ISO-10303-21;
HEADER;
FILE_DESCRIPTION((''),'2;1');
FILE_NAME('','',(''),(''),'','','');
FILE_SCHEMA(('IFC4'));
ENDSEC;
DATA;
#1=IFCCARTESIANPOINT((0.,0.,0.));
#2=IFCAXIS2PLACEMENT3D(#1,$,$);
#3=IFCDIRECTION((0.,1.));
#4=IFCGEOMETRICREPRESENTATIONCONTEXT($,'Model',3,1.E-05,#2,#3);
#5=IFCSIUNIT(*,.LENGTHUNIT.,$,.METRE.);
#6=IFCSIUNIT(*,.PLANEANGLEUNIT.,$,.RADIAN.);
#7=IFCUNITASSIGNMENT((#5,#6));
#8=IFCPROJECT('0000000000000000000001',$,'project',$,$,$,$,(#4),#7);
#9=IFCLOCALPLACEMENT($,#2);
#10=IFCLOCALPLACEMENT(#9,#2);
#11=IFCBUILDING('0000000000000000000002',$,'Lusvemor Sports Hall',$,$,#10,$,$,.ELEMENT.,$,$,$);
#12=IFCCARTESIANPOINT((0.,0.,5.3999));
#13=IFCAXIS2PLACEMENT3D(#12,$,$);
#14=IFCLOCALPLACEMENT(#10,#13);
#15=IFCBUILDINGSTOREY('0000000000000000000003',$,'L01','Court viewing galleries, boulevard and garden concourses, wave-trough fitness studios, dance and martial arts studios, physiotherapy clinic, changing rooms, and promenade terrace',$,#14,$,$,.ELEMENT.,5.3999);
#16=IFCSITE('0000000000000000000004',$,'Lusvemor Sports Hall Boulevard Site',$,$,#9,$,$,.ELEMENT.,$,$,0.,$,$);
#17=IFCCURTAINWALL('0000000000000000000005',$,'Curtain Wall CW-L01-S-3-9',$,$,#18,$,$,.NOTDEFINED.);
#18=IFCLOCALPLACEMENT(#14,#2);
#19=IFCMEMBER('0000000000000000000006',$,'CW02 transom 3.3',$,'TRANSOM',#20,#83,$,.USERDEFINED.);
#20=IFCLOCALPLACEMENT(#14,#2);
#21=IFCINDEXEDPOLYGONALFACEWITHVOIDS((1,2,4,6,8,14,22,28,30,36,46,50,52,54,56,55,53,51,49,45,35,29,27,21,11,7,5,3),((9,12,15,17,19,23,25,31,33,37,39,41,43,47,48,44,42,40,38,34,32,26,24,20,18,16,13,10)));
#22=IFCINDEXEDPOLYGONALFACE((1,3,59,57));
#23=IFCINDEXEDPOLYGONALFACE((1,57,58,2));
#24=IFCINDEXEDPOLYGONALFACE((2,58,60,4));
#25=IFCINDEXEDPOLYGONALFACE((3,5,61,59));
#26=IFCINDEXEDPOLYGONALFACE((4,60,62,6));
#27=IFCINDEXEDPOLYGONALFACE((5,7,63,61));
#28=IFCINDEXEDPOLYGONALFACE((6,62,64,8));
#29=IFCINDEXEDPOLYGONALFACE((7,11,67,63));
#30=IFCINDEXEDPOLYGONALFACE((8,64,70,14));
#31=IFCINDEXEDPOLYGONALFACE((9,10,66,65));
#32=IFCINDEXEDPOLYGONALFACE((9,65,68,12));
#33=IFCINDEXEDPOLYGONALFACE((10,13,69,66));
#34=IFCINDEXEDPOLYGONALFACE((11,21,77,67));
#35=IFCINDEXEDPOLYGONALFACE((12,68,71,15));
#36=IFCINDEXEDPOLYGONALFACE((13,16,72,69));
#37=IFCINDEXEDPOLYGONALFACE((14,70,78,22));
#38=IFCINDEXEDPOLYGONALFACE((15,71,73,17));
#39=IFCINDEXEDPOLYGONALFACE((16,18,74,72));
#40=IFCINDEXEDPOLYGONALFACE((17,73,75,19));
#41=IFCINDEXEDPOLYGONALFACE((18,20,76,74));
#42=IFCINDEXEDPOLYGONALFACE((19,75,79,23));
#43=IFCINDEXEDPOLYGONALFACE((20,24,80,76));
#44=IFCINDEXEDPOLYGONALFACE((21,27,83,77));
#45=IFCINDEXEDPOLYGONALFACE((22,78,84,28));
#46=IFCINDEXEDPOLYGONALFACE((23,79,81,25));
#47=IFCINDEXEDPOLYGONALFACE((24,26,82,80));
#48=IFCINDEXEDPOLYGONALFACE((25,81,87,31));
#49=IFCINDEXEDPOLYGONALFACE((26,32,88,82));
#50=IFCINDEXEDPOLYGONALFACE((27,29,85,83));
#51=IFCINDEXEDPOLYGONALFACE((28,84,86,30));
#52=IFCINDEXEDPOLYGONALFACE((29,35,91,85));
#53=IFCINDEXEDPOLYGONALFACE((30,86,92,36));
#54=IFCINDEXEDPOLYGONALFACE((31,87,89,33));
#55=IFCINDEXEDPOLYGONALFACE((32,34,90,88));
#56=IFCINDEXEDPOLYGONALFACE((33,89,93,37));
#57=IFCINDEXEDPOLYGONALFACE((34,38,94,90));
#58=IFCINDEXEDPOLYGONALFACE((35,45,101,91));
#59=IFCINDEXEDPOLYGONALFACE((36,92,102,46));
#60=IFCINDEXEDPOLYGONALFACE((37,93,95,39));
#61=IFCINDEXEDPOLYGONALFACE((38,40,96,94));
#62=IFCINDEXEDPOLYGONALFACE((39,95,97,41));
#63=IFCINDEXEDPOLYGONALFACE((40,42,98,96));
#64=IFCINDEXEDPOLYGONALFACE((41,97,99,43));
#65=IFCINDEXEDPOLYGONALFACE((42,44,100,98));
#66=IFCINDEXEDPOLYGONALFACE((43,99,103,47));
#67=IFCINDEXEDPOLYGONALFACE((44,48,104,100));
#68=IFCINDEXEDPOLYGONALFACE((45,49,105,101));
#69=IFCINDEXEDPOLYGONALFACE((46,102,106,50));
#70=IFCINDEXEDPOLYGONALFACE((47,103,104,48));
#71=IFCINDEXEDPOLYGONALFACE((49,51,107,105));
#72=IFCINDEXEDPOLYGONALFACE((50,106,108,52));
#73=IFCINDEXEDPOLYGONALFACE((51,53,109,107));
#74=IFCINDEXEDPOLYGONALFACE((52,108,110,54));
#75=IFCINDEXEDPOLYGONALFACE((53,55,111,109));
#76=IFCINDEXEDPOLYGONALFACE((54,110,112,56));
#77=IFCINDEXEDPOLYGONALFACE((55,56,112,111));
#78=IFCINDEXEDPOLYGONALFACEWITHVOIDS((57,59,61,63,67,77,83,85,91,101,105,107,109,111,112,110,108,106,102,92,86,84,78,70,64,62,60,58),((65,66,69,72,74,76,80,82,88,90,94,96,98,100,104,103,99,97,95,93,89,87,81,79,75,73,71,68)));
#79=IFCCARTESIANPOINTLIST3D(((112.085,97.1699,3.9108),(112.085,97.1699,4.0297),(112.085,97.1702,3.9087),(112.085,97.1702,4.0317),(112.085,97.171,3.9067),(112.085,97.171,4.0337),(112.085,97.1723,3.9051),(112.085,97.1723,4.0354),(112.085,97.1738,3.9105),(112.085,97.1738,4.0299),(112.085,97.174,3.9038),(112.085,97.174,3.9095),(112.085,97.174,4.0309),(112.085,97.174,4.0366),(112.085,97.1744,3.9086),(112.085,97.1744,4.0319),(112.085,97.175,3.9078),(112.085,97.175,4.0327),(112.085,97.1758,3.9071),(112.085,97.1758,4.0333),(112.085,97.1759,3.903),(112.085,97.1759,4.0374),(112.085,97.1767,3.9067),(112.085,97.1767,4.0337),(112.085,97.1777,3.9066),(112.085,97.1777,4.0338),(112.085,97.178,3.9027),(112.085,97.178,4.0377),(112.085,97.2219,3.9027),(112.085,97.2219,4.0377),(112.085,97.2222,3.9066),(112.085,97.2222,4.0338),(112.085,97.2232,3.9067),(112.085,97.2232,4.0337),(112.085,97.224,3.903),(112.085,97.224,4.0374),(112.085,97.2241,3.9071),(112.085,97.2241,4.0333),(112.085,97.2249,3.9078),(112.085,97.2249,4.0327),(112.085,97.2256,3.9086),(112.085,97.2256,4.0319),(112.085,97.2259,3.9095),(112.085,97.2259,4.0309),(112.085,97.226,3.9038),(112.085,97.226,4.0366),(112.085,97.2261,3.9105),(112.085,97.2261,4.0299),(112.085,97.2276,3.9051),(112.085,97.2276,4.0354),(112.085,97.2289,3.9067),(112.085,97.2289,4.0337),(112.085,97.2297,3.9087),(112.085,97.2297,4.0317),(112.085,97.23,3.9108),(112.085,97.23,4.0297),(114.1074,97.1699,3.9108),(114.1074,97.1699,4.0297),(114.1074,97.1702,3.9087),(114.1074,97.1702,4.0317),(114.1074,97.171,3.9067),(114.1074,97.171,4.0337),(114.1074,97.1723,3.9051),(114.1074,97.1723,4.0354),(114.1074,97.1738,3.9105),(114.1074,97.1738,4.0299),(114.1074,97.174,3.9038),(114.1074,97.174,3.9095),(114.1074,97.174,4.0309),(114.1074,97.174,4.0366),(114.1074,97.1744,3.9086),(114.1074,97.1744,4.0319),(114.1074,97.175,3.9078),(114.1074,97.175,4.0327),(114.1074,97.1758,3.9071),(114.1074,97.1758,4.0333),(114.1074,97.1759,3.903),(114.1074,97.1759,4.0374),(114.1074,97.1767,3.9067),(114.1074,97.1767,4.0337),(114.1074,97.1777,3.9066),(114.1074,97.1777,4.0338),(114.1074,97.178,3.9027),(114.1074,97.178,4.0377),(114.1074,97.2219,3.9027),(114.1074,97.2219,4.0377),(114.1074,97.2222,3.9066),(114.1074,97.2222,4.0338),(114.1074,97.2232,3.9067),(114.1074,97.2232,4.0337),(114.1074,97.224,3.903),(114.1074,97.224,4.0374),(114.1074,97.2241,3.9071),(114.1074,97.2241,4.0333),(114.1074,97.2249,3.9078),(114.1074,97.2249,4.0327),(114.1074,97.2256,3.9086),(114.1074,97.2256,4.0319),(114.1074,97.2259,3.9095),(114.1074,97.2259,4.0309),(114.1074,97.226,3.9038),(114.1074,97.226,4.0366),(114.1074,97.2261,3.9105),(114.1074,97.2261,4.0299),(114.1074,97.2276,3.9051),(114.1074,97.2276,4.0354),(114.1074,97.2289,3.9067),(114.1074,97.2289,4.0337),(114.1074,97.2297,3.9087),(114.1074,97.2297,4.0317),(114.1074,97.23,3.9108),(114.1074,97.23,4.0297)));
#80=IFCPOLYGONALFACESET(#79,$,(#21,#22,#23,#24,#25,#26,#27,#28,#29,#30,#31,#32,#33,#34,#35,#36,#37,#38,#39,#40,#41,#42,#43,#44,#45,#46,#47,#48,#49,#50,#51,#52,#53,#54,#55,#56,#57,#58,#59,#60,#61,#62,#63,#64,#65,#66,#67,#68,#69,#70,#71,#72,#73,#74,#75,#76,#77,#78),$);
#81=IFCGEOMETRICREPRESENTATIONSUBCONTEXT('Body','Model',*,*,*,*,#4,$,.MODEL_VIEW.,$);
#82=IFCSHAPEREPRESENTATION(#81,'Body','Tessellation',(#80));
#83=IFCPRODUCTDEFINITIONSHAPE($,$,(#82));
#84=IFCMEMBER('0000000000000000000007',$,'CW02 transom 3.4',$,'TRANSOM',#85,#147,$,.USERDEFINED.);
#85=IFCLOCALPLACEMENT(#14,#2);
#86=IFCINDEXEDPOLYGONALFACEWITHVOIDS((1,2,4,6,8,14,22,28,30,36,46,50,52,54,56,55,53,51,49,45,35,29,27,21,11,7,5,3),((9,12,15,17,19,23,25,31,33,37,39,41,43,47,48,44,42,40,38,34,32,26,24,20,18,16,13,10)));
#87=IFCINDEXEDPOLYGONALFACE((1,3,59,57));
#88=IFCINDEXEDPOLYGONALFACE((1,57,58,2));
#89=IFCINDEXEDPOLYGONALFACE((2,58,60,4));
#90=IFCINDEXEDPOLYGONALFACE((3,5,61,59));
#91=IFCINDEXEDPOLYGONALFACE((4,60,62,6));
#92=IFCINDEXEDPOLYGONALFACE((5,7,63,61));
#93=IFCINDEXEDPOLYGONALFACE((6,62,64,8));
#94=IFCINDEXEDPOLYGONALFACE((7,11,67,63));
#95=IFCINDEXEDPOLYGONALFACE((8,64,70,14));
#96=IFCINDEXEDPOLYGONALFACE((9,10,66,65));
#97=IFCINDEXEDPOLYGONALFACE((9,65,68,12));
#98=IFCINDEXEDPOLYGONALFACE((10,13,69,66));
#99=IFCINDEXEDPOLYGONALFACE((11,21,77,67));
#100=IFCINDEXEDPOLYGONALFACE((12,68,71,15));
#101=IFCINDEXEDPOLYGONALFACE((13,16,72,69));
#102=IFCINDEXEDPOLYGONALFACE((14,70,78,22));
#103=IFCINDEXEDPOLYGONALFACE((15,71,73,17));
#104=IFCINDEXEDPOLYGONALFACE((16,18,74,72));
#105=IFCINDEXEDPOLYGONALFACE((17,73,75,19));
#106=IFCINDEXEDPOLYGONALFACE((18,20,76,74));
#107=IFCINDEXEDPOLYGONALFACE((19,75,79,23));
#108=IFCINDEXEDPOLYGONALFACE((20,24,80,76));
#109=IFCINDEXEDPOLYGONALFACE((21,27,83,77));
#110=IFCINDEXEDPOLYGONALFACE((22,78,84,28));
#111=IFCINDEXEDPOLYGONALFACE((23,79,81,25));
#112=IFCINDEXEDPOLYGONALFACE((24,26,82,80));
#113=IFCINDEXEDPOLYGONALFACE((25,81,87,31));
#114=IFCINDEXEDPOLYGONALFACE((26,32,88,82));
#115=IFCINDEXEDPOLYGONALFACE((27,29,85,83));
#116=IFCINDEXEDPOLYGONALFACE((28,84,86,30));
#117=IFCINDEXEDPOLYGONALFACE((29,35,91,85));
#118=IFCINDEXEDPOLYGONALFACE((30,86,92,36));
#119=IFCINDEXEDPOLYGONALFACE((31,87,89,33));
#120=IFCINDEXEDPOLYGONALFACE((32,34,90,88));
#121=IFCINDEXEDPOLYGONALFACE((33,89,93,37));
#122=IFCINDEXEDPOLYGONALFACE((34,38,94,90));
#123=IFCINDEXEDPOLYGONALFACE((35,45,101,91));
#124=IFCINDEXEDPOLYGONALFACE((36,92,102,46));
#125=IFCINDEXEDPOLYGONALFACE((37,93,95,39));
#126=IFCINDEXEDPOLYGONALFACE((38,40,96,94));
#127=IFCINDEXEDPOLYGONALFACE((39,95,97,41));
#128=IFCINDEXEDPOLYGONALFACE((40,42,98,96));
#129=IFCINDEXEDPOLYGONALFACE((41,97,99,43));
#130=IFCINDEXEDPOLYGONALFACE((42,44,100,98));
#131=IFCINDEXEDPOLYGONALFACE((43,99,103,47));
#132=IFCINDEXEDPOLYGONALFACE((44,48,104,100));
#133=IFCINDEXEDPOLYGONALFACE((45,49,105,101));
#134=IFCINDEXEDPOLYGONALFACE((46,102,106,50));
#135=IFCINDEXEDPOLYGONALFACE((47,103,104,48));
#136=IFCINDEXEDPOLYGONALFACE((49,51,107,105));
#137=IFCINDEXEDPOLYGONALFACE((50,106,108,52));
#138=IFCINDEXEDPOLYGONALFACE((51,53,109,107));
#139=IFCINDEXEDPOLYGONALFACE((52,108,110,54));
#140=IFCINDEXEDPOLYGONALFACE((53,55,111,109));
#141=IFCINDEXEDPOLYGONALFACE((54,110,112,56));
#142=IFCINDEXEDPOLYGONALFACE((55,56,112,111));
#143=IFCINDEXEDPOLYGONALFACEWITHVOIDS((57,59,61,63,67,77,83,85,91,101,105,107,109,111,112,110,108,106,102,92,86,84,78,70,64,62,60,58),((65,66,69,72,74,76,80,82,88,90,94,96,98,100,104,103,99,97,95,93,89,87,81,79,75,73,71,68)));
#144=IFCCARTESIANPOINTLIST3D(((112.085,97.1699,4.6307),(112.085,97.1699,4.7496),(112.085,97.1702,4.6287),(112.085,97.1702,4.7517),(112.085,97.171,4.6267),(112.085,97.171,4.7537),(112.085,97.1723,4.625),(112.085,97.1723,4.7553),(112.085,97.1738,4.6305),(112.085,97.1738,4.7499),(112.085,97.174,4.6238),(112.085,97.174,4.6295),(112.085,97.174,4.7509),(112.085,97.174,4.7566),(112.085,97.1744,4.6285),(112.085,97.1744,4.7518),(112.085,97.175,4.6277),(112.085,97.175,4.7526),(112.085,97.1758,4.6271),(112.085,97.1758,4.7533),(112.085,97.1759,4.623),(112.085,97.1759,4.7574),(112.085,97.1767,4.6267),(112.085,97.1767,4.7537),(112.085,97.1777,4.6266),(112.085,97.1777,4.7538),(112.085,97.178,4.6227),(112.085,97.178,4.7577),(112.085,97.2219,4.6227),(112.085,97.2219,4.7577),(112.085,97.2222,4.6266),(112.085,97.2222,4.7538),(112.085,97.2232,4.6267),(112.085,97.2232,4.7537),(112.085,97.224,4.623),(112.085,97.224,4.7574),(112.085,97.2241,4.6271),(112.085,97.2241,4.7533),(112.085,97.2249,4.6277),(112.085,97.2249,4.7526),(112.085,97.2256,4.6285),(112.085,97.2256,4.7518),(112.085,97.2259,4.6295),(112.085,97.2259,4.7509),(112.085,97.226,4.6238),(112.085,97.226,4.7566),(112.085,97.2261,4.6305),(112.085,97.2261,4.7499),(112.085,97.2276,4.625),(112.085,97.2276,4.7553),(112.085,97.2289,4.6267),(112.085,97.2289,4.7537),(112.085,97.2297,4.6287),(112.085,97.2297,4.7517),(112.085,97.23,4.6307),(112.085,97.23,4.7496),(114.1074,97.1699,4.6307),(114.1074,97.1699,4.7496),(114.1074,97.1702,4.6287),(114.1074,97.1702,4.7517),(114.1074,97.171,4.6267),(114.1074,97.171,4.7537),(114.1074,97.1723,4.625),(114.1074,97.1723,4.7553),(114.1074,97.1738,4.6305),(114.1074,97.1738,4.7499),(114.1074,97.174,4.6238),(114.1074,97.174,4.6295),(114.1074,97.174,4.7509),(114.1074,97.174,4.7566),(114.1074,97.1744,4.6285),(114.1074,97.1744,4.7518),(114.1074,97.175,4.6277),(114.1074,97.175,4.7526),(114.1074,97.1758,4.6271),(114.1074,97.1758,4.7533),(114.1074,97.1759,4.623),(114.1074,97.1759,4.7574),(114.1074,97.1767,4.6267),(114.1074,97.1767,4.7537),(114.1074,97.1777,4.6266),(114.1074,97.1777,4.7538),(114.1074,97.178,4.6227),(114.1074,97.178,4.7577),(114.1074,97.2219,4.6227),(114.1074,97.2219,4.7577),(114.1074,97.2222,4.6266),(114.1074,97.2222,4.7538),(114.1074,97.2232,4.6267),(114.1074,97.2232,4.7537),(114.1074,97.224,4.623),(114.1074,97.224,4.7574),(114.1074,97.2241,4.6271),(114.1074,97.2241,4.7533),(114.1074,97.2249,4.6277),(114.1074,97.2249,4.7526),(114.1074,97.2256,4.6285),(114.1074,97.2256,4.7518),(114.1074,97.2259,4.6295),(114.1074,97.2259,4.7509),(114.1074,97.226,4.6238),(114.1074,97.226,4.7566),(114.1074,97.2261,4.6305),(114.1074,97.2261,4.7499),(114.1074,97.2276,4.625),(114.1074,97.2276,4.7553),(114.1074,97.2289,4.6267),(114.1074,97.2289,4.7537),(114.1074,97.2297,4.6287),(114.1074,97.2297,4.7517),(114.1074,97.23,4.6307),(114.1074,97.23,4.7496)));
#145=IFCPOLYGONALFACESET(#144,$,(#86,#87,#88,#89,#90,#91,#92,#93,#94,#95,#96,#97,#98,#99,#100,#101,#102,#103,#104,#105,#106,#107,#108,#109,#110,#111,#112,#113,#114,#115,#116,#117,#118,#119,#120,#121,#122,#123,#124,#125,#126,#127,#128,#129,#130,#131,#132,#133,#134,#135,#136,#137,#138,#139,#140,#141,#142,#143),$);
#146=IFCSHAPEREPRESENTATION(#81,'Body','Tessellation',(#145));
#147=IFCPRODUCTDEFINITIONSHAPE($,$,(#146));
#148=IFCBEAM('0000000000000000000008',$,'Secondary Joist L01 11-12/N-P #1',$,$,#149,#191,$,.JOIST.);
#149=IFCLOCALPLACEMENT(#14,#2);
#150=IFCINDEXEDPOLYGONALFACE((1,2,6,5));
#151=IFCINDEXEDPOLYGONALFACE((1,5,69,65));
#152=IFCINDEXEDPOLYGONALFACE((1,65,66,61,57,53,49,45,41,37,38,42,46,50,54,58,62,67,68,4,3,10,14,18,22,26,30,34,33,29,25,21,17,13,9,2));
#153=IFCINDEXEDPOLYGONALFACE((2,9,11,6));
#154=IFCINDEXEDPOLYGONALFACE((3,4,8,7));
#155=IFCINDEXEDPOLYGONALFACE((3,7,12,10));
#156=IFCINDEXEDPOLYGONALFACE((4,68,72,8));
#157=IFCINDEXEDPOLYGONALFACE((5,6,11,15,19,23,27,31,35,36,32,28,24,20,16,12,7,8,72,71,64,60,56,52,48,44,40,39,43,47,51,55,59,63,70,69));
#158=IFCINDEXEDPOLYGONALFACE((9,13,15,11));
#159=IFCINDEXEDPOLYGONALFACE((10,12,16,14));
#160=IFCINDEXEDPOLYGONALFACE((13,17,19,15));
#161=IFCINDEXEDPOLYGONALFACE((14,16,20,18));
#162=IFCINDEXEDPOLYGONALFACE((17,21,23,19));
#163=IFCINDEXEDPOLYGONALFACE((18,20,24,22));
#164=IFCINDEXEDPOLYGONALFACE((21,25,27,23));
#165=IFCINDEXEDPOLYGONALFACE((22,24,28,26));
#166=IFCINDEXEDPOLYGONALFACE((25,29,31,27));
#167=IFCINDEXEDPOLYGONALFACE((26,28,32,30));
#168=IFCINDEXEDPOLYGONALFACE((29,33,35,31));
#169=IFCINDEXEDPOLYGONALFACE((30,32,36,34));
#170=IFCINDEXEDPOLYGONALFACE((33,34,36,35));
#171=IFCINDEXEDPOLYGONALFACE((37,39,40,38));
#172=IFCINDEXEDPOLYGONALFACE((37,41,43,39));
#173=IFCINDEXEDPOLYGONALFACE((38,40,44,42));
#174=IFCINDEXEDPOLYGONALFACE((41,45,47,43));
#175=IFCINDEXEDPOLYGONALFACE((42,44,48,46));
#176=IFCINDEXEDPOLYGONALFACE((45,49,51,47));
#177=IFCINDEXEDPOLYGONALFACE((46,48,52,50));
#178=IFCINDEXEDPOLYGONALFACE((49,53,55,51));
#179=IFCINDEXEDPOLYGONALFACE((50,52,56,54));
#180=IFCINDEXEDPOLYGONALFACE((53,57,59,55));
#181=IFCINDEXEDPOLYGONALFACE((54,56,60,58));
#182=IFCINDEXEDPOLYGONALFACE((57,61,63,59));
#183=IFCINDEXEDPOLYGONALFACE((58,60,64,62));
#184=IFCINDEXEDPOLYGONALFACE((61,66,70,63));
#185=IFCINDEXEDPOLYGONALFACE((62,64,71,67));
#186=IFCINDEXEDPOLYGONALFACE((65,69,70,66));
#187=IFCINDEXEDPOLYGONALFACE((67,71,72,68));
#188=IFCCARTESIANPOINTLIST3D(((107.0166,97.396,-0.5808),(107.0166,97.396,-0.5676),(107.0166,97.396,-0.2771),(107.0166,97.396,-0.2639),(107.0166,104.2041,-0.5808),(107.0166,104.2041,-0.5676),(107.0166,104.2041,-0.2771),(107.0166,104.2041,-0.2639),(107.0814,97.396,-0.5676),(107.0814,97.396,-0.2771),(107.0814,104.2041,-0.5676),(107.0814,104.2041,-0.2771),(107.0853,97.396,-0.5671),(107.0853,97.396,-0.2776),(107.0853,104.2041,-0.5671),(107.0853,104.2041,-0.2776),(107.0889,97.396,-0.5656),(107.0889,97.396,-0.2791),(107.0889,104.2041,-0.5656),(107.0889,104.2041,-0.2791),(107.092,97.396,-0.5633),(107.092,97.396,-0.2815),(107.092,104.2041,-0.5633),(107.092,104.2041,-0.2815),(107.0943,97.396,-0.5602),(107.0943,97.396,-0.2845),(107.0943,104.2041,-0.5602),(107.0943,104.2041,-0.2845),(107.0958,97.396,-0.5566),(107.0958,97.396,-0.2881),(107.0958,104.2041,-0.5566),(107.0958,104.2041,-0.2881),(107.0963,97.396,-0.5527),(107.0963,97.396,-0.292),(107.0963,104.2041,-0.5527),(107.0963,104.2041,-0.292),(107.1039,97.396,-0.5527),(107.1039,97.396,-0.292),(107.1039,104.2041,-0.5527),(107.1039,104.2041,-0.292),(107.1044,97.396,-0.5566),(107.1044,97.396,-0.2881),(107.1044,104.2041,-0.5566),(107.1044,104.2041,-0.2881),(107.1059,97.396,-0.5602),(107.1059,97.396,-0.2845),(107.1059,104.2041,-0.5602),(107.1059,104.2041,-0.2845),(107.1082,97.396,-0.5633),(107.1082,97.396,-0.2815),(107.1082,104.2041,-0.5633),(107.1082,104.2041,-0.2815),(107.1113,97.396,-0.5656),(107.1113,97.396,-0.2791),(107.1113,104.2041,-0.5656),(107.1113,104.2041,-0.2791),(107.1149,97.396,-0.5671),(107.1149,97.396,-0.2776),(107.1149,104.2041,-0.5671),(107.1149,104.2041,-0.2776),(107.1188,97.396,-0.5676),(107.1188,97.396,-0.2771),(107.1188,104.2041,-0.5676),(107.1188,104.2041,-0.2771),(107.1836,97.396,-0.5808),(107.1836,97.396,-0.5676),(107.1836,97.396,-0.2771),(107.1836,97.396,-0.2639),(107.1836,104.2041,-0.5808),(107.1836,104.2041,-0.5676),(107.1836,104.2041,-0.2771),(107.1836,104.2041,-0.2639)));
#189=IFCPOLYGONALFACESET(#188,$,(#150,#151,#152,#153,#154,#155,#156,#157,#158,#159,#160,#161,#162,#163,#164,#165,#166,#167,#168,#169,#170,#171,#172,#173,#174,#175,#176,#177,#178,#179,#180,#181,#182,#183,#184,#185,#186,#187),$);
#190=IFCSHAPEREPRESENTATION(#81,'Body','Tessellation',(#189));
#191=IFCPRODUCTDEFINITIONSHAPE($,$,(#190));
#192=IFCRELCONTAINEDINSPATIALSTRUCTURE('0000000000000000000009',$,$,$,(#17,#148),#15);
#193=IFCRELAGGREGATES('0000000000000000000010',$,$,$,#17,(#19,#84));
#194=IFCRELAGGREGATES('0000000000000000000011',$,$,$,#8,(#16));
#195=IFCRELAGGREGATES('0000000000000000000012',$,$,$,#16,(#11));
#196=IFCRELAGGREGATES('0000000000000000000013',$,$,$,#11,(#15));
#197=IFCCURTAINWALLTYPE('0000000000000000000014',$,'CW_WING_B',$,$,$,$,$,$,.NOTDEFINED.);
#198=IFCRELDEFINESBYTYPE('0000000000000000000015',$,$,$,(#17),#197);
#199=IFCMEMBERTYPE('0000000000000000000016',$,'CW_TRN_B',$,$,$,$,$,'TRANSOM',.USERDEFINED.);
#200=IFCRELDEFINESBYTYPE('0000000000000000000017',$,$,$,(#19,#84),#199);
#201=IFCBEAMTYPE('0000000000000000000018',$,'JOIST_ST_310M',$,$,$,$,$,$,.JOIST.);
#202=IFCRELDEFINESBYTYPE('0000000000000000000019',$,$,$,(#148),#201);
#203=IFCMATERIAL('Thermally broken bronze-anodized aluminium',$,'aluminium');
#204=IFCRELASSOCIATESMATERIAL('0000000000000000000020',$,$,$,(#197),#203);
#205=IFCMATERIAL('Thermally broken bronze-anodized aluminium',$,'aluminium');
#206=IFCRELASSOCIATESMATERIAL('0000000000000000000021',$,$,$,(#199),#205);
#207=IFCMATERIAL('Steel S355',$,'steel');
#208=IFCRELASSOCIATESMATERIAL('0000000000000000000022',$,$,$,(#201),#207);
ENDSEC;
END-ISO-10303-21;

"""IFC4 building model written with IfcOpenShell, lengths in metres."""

from ifc_helpers import new_model, si_unit, direction, frame, origin, origin_2d, place, context, subcontext, project, spatial, hollow_rectangle, i_section, extrude, material, material_profile, profile_set, type_object, element, aggregate, save


model = new_model("IFC4")

# Units and contexts
model_context = context("Model", 3, precision=1e-05, world=origin(), true_north=direction((0.0, 1.0)))
body_context = subcontext(model_context, "Body", "Model", "MODEL_VIEW")
ifc_project = project(units=[si_unit("LENGTHUNIT", "METRE"), si_unit("PLANEANGLEUNIT", "RADIAN")], contexts=[model_context])

# Site, building, storey
site_placement = place(None, origin())
site = spatial("IfcSite", under=ifc_project, at=site_placement, Name="Lusvemor Sports Hall Boulevard Site", CompositionType="ELEMENT", RefElevation=0.0)
building_placement = place(site_placement, origin())
building = spatial("IfcBuilding", under=site, at=building_placement, Name="Lusvemor Sports Hall", CompositionType="ELEMENT")
storey_placement = place(building_placement, frame((0.0, 0.0, 5.3999)))
storey = spatial("IfcBuildingStorey", under=building, at=storey_placement, Name="L01", Description="Court viewing galleries, boulevard and garden concourses, wave-trough fitness studios, dance and martial arts studios, physiotherapy clinic, changing rooms, and promenade terrace", CompositionType="ELEMENT", Elevation=5.3999)

# Curtain wall, members
ifc_material_1 = material(Name="Thermally broken bronze-anodized aluminium", Category="aluminium")
curtain_wall_type = type_object("IfcCurtainWallType", Name="CW_WING_B", PredefinedType="NOTDEFINED", material=ifc_material_1)
curtain_wall_placement = place(storey_placement, origin())
curtain_wall = element("IfcCurtainWall", 1, at=curtain_wall_placement, inside=storey, type_object=curtain_wall_type, Name="Curtain Wall CW-L01-S-3-9", PredefinedType="NOTDEFINED")
ifc_material_2 = material(Name="Thermally broken bronze-anodized aluminium", Category="aluminium")
ifc_material_profile_1 = material_profile(ifc_material_2, hollow_rectangle(XDim=0.0601, YDim=0.135, WallThickness=0.0039, InnerFilletRadius=0.0039, OuterFilletRadius=0.0081, at=origin_2d()), Name="CWTRN135x60x4")
ifc_profile_set_1 = profile_set([ifc_material_profile_1], Name="Thermally broken bronze-anodized aluminium")
member_type_1 = type_object("IfcMemberType", Name="CW_TRN_B", ElementType="TRANSOM", PredefinedType="USERDEFINED", material=ifc_profile_set_1)
member_1_placement = place(storey_placement, frame((114.1074, 97.2, 3.9702), z_axis=(-1.0, 0.0, 0.0), x_axis=(0.0, -1.0, 0.0)))
member_1 = element("IfcMember", 2, at=member_1_placement, type_object=member_type_1, Name="CW02 transom 3.3", ObjectType="TRANSOM", PredefinedType="USERDEFINED", context=body_context, shape_type="SweptSolid", body=[
    extrude(hollow_rectangle(XDim=0.0601, YDim=0.135, WallThickness=0.0039, InnerFilletRadius=0.0039, OuterFilletRadius=0.0081, at=origin_2d()), origin(), (0.0, 0.0, 1.0), 2.0225),
])
member_2_placement = place(storey_placement, frame((114.1074, 97.2, 4.6902), z_axis=(-1.0, 0.0, 0.0), x_axis=(0.0, -1.0, 0.0)))
member_2 = element("IfcMember", 3, at=member_2_placement, type_object=member_type_1, Name="CW02 transom 3.4", ObjectType="TRANSOM", PredefinedType="USERDEFINED", context=body_context, shape_type="SweptSolid", body=[
    extrude(hollow_rectangle(XDim=0.0601, YDim=0.135, WallThickness=0.0039, InnerFilletRadius=0.0039, OuterFilletRadius=0.0081, at=origin_2d()), origin(), (0.0, 0.0, 1.0), 2.0225),
])

# Beam
ifc_material_3 = material(Name="Steel S355", Category="steel")
ifc_material_profile_2 = material_profile(ifc_material_3, i_section(OverallWidth=0.167, OverallDepth=0.3169, WebThickness=0.0076, FlangeThickness=0.0132, FilletRadius=0.0149, at=origin_2d()), Name="W310x52.0")
ifc_profile_set_2 = profile_set([ifc_material_profile_2], Name="Steel S355")
beam_type_1 = type_object("IfcBeamType", Name="JOIST_ST_310M", PredefinedType="JOIST", material=ifc_profile_set_2)
for number, where, z_axis, x_axis, name in (
    (4, (107.1001, 97.396, -0.4224), (0.0, 1.0, 0.0), (-1.0, 0.0, 0.0), "Secondary Joist L01 11-12/N-P #1"),
):
    element("IfcBeam", number, at=place(storey_placement, frame(where, z_axis=z_axis, x_axis=x_axis)), inside=storey, type_object=beam_type_1, Name=name, PredefinedType="JOIST", context=body_context, shape_type="SweptSolid", body=[
        extrude(i_section(OverallWidth=0.167, OverallDepth=0.3169, WebThickness=0.0076, FlangeThickness=0.0132, FilletRadius=0.0149, at=origin_2d()), origin(), (0.0, 0.0, 1.0), 6.8081),
    ])

aggregate(curtain_wall, [member_1, member_2])

save(model, "model.ifc")
